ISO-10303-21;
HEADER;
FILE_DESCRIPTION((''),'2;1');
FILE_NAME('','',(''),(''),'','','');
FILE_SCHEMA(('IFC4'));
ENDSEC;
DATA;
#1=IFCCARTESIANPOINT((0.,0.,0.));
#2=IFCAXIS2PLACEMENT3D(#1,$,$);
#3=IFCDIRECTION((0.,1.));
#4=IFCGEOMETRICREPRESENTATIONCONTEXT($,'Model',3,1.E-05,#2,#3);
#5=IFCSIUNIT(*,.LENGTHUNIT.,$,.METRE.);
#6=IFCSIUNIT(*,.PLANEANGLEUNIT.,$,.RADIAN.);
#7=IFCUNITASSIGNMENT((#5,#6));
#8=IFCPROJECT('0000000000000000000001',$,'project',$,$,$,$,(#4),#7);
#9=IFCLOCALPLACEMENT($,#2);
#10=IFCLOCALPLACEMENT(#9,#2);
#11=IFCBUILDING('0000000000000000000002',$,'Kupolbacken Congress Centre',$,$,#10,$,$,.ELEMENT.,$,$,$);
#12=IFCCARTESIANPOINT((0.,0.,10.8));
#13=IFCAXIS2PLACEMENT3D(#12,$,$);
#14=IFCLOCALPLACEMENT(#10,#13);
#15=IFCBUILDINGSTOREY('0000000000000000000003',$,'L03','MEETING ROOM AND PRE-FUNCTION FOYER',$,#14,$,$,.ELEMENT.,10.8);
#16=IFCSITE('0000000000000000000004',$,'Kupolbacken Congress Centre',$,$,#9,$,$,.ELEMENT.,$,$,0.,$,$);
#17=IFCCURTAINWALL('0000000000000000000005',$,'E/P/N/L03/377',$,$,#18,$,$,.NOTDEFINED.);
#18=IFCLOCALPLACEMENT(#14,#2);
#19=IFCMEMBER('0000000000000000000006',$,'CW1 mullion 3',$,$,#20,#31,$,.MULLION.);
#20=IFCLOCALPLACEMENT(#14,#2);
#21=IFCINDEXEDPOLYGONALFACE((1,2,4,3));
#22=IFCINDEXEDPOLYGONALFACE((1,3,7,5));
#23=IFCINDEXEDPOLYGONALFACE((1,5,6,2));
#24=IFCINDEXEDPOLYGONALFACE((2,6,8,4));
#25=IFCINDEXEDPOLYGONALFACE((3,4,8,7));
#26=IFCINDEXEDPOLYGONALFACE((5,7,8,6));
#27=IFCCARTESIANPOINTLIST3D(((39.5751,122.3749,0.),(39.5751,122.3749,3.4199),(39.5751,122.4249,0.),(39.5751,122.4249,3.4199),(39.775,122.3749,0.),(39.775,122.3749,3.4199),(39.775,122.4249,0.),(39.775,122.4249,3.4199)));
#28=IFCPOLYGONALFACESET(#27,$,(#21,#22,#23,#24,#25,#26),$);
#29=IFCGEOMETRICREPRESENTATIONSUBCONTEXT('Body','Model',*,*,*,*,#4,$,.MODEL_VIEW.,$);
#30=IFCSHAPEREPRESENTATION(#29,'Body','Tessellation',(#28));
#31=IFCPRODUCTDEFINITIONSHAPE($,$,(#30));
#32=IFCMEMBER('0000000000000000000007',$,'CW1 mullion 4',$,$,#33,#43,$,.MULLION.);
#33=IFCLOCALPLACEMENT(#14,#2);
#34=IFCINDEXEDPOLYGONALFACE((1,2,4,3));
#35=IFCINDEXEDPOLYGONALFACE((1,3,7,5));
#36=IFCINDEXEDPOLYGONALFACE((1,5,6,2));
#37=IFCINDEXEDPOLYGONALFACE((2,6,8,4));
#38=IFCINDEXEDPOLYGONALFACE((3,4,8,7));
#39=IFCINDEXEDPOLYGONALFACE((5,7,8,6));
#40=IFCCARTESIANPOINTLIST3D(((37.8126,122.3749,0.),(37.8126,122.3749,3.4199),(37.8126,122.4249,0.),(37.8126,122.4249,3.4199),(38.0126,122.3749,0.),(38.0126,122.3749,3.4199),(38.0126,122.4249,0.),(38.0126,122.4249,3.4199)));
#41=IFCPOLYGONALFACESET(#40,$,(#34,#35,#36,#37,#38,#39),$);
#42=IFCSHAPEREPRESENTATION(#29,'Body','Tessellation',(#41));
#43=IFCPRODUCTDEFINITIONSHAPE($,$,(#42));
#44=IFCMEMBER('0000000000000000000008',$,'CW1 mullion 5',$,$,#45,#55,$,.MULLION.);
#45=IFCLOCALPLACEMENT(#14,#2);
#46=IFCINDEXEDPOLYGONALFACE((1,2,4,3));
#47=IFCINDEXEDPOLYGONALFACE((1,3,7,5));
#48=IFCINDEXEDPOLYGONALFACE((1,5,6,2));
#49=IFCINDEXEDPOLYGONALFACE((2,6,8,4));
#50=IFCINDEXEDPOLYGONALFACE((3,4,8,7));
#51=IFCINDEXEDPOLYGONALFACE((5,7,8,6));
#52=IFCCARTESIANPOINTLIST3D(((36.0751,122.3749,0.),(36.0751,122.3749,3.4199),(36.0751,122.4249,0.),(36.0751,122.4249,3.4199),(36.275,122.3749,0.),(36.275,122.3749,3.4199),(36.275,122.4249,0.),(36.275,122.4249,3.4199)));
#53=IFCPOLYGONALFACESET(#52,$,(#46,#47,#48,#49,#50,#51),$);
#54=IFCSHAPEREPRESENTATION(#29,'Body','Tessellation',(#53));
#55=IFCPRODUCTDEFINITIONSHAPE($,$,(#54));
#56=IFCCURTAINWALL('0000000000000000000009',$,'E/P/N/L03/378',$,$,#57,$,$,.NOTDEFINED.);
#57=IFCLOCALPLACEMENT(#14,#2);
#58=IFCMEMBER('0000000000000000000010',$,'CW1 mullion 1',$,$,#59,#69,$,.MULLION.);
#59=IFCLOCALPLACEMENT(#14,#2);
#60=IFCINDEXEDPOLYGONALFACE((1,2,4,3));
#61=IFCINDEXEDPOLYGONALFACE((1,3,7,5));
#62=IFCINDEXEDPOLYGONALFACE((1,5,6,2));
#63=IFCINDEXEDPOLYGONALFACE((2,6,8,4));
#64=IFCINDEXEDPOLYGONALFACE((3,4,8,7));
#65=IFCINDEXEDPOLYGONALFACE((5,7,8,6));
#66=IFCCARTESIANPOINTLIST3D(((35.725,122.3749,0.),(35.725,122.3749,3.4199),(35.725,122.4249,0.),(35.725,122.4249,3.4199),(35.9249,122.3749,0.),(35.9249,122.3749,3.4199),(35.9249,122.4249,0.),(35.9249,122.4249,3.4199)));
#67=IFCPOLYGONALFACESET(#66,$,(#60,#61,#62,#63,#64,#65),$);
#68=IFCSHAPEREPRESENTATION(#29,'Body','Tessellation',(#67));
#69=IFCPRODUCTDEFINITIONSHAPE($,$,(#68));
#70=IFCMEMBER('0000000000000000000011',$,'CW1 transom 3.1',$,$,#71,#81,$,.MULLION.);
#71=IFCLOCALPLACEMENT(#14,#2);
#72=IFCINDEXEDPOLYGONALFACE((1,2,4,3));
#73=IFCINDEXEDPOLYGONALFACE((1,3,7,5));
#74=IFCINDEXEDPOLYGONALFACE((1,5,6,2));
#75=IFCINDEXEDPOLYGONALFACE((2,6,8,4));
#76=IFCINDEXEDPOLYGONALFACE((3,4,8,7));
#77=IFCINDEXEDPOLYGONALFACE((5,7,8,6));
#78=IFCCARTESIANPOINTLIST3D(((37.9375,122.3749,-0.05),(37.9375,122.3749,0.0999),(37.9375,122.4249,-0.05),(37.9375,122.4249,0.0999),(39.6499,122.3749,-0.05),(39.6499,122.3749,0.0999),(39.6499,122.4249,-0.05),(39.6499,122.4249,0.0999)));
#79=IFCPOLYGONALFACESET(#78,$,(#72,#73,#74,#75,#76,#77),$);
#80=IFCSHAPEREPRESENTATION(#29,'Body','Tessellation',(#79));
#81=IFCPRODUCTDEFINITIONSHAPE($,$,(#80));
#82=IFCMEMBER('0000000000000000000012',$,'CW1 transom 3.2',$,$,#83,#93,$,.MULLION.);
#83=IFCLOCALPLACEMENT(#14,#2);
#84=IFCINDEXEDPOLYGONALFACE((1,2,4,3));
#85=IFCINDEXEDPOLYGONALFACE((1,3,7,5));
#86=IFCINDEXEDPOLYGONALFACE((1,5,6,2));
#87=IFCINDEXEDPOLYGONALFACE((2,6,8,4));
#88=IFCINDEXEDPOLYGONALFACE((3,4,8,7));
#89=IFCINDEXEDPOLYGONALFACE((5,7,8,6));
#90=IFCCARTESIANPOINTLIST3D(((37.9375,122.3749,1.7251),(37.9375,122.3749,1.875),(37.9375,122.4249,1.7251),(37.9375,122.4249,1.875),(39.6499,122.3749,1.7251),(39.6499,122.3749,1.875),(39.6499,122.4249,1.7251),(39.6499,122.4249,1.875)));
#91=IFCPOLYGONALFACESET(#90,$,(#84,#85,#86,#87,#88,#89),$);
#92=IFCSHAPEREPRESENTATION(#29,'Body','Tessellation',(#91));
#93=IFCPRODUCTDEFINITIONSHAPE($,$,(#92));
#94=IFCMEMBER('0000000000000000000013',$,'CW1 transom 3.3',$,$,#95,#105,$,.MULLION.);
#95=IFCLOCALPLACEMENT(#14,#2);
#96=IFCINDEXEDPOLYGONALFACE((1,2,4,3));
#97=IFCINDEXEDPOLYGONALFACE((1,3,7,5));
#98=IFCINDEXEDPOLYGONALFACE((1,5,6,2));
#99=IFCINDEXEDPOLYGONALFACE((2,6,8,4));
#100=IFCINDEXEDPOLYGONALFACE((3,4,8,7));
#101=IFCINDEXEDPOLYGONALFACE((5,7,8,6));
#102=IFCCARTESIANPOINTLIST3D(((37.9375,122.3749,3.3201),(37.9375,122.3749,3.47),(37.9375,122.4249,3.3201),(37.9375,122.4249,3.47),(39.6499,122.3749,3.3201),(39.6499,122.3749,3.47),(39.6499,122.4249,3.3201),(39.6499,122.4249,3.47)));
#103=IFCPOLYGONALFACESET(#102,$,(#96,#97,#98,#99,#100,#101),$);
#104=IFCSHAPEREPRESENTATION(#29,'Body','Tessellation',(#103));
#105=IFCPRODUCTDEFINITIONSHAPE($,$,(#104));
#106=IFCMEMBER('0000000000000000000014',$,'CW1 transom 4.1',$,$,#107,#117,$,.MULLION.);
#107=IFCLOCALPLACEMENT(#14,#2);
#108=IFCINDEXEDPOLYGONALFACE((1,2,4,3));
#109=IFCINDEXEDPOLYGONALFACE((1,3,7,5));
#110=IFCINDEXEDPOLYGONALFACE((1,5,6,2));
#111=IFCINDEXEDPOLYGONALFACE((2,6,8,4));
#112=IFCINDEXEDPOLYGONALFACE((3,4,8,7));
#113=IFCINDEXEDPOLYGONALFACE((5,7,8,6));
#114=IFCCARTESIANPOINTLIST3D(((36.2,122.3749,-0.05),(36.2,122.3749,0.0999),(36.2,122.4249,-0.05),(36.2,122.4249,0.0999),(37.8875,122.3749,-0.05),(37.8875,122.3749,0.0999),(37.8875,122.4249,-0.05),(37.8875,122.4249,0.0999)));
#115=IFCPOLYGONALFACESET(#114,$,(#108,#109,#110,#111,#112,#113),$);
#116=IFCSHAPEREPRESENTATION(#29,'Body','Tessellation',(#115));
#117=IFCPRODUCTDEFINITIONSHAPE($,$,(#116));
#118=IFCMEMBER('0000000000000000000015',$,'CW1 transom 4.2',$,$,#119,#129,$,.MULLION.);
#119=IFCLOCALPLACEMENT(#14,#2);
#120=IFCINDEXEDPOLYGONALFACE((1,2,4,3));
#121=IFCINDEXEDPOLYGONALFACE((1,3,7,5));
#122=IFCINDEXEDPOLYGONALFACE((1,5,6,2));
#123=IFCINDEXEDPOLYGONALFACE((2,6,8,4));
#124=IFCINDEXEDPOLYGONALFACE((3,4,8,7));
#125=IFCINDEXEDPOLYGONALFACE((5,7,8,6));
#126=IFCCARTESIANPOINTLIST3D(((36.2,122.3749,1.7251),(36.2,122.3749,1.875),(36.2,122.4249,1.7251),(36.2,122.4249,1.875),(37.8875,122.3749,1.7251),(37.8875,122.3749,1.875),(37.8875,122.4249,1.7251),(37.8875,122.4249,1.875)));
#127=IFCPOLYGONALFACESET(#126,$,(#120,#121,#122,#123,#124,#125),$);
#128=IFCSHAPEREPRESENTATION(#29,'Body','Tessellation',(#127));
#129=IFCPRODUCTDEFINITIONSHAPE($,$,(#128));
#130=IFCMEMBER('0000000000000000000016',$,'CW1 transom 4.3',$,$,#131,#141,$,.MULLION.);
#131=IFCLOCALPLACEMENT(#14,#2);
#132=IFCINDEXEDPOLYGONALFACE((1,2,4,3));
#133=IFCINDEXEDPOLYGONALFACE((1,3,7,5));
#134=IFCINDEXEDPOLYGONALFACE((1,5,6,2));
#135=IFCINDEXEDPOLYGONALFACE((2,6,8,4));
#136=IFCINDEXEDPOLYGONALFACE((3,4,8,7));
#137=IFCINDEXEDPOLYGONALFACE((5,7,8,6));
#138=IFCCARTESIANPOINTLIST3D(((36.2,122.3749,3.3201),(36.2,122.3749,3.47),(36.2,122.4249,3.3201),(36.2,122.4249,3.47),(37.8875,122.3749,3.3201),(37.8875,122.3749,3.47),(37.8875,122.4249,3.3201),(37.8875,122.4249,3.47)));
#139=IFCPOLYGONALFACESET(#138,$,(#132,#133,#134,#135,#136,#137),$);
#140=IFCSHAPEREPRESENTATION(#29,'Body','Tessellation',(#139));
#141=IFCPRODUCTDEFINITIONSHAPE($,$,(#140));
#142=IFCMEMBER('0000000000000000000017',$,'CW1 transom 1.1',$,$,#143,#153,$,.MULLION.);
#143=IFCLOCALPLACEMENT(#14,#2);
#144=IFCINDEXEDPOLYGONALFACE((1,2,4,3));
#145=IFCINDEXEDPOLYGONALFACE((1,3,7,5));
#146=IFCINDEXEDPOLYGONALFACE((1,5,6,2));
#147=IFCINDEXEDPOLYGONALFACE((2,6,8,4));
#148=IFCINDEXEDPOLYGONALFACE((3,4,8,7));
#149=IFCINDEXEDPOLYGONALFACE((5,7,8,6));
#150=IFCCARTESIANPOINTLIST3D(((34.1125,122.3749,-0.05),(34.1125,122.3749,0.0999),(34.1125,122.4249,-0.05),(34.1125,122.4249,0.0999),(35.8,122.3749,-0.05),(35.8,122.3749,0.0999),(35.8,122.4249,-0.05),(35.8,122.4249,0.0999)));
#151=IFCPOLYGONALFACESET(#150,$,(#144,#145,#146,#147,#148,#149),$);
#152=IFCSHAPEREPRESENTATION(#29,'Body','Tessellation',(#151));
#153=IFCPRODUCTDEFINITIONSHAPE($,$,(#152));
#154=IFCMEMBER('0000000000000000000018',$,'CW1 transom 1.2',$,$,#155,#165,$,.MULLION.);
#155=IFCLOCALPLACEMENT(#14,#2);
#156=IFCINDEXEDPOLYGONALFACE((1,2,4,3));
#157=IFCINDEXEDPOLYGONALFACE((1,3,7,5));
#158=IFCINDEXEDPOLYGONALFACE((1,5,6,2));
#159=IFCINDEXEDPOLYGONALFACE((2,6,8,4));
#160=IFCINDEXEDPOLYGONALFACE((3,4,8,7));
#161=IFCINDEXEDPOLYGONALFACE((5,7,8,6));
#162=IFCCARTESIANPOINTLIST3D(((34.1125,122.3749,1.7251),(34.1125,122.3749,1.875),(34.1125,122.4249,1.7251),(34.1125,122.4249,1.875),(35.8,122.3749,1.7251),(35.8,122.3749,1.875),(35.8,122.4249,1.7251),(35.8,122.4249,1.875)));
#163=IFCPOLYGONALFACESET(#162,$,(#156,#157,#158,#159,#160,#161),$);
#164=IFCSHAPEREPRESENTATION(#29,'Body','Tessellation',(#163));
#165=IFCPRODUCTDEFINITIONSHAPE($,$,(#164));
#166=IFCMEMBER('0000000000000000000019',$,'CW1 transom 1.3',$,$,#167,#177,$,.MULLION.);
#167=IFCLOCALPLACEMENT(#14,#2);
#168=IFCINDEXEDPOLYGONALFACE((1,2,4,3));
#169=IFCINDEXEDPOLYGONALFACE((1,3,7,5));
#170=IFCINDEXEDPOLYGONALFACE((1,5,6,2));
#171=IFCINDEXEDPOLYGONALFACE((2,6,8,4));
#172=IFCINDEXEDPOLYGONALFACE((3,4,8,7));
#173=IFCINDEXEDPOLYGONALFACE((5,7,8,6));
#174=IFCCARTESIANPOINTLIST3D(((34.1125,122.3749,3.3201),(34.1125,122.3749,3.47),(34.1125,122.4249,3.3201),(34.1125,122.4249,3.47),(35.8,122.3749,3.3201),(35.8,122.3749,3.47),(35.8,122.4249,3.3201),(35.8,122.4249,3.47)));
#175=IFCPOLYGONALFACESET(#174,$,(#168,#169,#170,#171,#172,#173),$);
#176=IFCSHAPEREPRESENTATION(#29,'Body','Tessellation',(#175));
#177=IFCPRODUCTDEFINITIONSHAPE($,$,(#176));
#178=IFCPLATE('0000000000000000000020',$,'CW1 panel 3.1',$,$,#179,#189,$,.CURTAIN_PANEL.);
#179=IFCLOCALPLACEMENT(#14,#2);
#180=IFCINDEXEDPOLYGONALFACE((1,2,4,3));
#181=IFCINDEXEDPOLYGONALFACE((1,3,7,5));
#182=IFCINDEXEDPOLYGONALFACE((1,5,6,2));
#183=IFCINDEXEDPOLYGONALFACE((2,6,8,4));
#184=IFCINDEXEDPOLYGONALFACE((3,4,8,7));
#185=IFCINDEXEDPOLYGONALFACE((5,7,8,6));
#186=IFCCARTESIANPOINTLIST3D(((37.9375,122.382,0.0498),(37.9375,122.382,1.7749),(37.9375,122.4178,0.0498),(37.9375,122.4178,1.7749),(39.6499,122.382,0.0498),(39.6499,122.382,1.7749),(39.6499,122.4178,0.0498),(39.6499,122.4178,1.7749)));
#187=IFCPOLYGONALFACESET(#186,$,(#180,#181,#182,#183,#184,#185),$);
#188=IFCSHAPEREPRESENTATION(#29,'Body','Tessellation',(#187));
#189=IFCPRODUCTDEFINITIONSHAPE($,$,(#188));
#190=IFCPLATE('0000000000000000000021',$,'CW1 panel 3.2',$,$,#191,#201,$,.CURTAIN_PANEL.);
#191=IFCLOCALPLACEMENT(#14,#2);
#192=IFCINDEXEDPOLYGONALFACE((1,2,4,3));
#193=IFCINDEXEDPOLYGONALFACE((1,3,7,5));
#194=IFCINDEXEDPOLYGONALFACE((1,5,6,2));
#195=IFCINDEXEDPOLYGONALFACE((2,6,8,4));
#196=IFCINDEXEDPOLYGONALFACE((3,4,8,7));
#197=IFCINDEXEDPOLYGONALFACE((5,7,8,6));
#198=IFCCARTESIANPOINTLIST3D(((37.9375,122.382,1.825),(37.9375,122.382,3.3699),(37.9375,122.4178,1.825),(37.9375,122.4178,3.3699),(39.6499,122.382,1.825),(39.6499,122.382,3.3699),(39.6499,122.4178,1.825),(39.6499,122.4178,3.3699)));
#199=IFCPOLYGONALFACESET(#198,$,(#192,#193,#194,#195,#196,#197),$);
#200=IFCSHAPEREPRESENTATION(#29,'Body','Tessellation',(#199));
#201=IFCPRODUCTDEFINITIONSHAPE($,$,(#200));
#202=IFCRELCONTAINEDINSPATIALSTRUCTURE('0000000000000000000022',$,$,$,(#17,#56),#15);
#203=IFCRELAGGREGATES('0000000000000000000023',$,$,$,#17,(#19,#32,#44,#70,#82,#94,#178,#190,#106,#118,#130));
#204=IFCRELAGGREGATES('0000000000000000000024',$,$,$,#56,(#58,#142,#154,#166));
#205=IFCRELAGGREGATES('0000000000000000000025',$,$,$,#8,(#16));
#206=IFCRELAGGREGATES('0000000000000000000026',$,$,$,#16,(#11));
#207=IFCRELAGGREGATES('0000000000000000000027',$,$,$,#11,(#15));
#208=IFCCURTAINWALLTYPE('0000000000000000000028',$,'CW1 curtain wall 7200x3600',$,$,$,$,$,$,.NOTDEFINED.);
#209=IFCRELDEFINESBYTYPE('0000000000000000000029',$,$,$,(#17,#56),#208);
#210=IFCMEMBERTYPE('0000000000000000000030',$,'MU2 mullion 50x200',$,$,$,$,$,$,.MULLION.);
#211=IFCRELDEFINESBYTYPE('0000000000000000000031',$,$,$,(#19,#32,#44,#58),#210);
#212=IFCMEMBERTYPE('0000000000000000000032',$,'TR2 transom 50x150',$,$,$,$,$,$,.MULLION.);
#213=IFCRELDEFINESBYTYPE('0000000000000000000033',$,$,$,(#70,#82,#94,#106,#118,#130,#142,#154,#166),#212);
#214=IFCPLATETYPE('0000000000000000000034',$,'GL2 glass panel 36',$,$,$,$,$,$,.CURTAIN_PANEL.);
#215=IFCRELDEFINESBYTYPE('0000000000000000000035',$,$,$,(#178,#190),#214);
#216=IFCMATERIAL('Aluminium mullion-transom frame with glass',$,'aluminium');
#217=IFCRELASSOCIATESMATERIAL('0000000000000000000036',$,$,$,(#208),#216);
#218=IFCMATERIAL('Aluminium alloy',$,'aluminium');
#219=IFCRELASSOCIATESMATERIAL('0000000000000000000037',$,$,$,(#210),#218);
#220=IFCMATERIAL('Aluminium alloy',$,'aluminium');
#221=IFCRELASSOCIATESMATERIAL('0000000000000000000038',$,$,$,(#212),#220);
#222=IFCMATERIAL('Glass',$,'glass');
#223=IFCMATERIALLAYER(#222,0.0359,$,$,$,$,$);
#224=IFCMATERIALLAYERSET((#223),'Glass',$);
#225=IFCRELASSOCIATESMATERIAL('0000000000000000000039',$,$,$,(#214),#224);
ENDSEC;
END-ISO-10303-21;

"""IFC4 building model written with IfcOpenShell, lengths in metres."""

from ifc_helpers import new_model, si_unit, direction, frame, origin, origin_2d, place, context, subcontext, project, spatial, rectangle, extrude, material, layer, layer_set, material_profile, profile_set, type_object, element, aggregate, save


model = new_model("IFC4")

# Units and contexts
model_context = context("Model", 3, precision=1e-05, world=origin(), true_north=direction((0.0, 1.0)))
body_context = subcontext(model_context, "Body", "Model", "MODEL_VIEW")
ifc_project = project(units=[si_unit("LENGTHUNIT", "METRE"), si_unit("PLANEANGLEUNIT", "RADIAN")], contexts=[model_context])

# Site, building, storey
site_placement = place(None, origin())
site = spatial("IfcSite", under=ifc_project, at=site_placement, Name="Kupolbacken Congress Centre", CompositionType="ELEMENT", RefElevation=0.0)
building_placement = place(site_placement, origin())
building = spatial("IfcBuilding", under=site, at=building_placement, Name="Kupolbacken Congress Centre", CompositionType="ELEMENT")
storey_placement = place(building_placement, frame((0.0, 0.0, 10.8)))
storey = spatial("IfcBuildingStorey", under=building, at=storey_placement, Name="L03", Description="MEETING ROOM AND PRE-FUNCTION FOYER", CompositionType="ELEMENT", Elevation=10.8)

# Curtain wall, members
ifc_material_1 = material(Name="Aluminium mullion-transom frame with glass", Category="aluminium")
curtain_wall_type = type_object("IfcCurtainWallType", Name="CW1 curtain wall 7200x3600", PredefinedType="NOTDEFINED", material=ifc_material_1)
curtain_wall_1_placement = place(storey_placement, origin())
curtain_wall_1 = element("IfcCurtainWall", 1, at=curtain_wall_1_placement, inside=storey, type_object=curtain_wall_type, Name="E/P/N/L03/377", PredefinedType="NOTDEFINED")
ifc_material_2 = material(Name="Aluminium alloy", Category="aluminium")
ifc_material_profile_1 = material_profile(ifc_material_2, rectangle(XDim=0.05, YDim=0.2, at=origin_2d()), Name="50 x 200")
ifc_profile_set_1 = profile_set([ifc_material_profile_1], Name="Aluminium alloy")
member_type_1 = type_object("IfcMemberType", Name="MU2 mullion 50x200", PredefinedType="MULLION", material=ifc_profile_set_1)
member_1_placement = place(storey_placement, frame((39.675, 122.3999, 0.0), z_axis=(0.0, 0.0, 1.0), x_axis=(0.0, -1.0, 0.0)))
member_1 = element("IfcMember", 2, at=member_1_placement, type_object=member_type_1, Name="CW1 mullion 3", PredefinedType="MULLION", context=body_context, shape_type="SweptSolid", body=[
    extrude(rectangle(XDim=0.05, YDim=0.2, at=origin_2d()), origin(), (0.0, 0.0, 1.0), 3.4199),
])
member_2_placement = place(storey_placement, frame((37.9126, 122.3999, 0.0), z_axis=(0.0, 0.0, 1.0), x_axis=(0.0, -1.0, 0.0)))
member_2 = element("IfcMember", 3, at=member_2_placement, type_object=member_type_1, Name="CW1 mullion 4", PredefinedType="MULLION", context=body_context, shape_type="SweptSolid", body=[
    extrude(rectangle(XDim=0.05, YDim=0.2, at=origin_2d()), origin(), (0.0, 0.0, 1.0), 3.4199),
])
member_3_placement = place(storey_placement, frame((36.175, 122.3999, 0.0), z_axis=(0.0, 0.0, 1.0), x_axis=(0.0, -1.0, 0.0)))
member_3 = element("IfcMember", 4, at=member_3_placement, type_object=member_type_1, Name="CW1 mullion 5", PredefinedType="MULLION", context=body_context, shape_type="SweptSolid", body=[
    extrude(rectangle(XDim=0.05, YDim=0.2, at=origin_2d()), origin(), (0.0, 0.0, 1.0), 3.4199),
])

# Curtain wall, member
curtain_wall_2_placement = place(storey_placement, origin())
curtain_wall_2 = element("IfcCurtainWall", 5, at=curtain_wall_2_placement, inside=storey, type_object=curtain_wall_type, Name="E/P/N/L03/378", PredefinedType="NOTDEFINED")
member_4_placement = place(storey_placement, frame((35.825, 122.3999, 0.0), z_axis=(0.0, 0.0, 1.0), x_axis=(0.0, -1.0, 0.0)))
member_4 = element("IfcMember", 6, at=member_4_placement, type_object=member_type_1, Name="CW1 mullion 1", PredefinedType="MULLION", context=body_context, shape_type="SweptSolid", body=[
    extrude(rectangle(XDim=0.05, YDim=0.2, at=origin_2d()), origin(), (0.0, 0.0, 1.0), 3.4199),
])

# Members
ifc_material_3 = material(Name="Aluminium alloy", Category="aluminium")
ifc_material_profile_2 = material_profile(ifc_material_3, rectangle(XDim=0.05, YDim=0.1499, at=origin_2d()), Name="50 x 150")
ifc_profile_set_2 = profile_set([ifc_material_profile_2], Name="Aluminium alloy")
member_type_2 = type_object("IfcMemberType", Name="TR2 transom 50x150", PredefinedType="MULLION", material=ifc_profile_set_2)
member_5_placement = place(storey_placement, frame((39.6499, 122.3999, 0.0249), z_axis=(-1.0, 0.0, 0.0), x_axis=(0.0, -1.0, 0.0)))
member_5 = element("IfcMember", 7, at=member_5_placement, type_object=member_type_2, Name="CW1 transom 3.1", PredefinedType="MULLION", context=body_context, shape_type="SweptSolid", body=[
    extrude(rectangle(XDim=0.05, YDim=0.1499, at=origin_2d()), origin(), (0.0, 0.0, 1.0), 1.7124),
])
member_6_placement = place(storey_placement, frame((39.6499, 122.3999, 1.8), z_axis=(-1.0, 0.0, 0.0), x_axis=(0.0, -1.0, 0.0)))
member_6 = element("IfcMember", 8, at=member_6_placement, type_object=member_type_2, Name="CW1 transom 3.2", PredefinedType="MULLION", context=body_context, shape_type="SweptSolid", body=[
    extrude(rectangle(XDim=0.05, YDim=0.1499, at=origin_2d()), origin(), (0.0, 0.0, 1.0), 1.7124),
])
member_7_placement = place(storey_placement, frame((39.6499, 122.3999, 3.395), z_axis=(-1.0, 0.0, 0.0), x_axis=(0.0, -1.0, 0.0)))
member_7 = element("IfcMember", 9, at=member_7_placement, type_object=member_type_2, Name="CW1 transom 3.3", PredefinedType="MULLION", context=body_context, shape_type="SweptSolid", body=[
    extrude(rectangle(XDim=0.05, YDim=0.1499, at=origin_2d()), origin(), (0.0, 0.0, 1.0), 1.7124),
])
member_8_placement = place(storey_placement, frame((37.8875, 122.3999, 0.0249), z_axis=(-1.0, 0.0, 0.0), x_axis=(0.0, -1.0, 0.0)))
member_8 = element("IfcMember", 10, at=member_8_placement, type_object=member_type_2, Name="CW1 transom 4.1", PredefinedType="MULLION", context=body_context, shape_type="SweptSolid", body=[
    extrude(rectangle(XDim=0.05, YDim=0.1499, at=origin_2d()), origin(), (0.0, 0.0, 1.0), 1.6875),
])
member_9_placement = place(storey_placement, frame((37.8875, 122.3999, 1.8), z_axis=(-1.0, 0.0, 0.0), x_axis=(0.0, -1.0, 0.0)))
member_9 = element("IfcMember", 11, at=member_9_placement, type_object=member_type_2, Name="CW1 transom 4.2", PredefinedType="MULLION", context=body_context, shape_type="SweptSolid", body=[
    extrude(rectangle(XDim=0.05, YDim=0.1499, at=origin_2d()), origin(), (0.0, 0.0, 1.0), 1.6875),
])
member_10_placement = place(storey_placement, frame((37.8875, 122.3999, 3.395), z_axis=(-1.0, 0.0, 0.0), x_axis=(0.0, -1.0, 0.0)))
member_10 = element("IfcMember", 12, at=member_10_placement, type_object=member_type_2, Name="CW1 transom 4.3", PredefinedType="MULLION", context=body_context, shape_type="SweptSolid", body=[
    extrude(rectangle(XDim=0.05, YDim=0.1499, at=origin_2d()), origin(), (0.0, 0.0, 1.0), 1.6875),
])
member_11_placement = place(storey_placement, frame((35.8, 122.3999, 0.0249), z_axis=(-1.0, 0.0, 0.0), x_axis=(0.0, -1.0, 0.0)))
member_11 = element("IfcMember", 13, at=member_11_placement, type_object=member_type_2, Name="CW1 transom 1.1", PredefinedType="MULLION", context=body_context, shape_type="SweptSolid", body=[
    extrude(rectangle(XDim=0.05, YDim=0.1499, at=origin_2d()), origin(), (0.0, 0.0, 1.0), 1.6875),
])
member_12_placement = place(storey_placement, frame((35.8, 122.3999, 1.8), z_axis=(-1.0, 0.0, 0.0), x_axis=(0.0, -1.0, 0.0)))
member_12 = element("IfcMember", 14, at=member_12_placement, type_object=member_type_2, Name="CW1 transom 1.2", PredefinedType="MULLION", context=body_context, shape_type="SweptSolid", body=[
    extrude(rectangle(XDim=0.05, YDim=0.1499, at=origin_2d()), origin(), (0.0, 0.0, 1.0), 1.6875),
])
member_13_placement = place(storey_placement, frame((35.8, 122.3999, 3.395), z_axis=(-1.0, 0.0, 0.0), x_axis=(0.0, -1.0, 0.0)))
member_13 = element("IfcMember", 15, at=member_13_placement, type_object=member_type_2, Name="CW1 transom 1.3", PredefinedType="MULLION", context=body_context, shape_type="SweptSolid", body=[
    extrude(rectangle(XDim=0.05, YDim=0.1499, at=origin_2d()), origin(), (0.0, 0.0, 1.0), 1.6875),
])

# Plates
ifc_material_4 = material(Name="Glass", Category="glass")
ifc_layer = layer(ifc_material_4, 0.0359)
ifc_layer_set = layer_set([ifc_layer], Name="Glass")
plate_type = type_object("IfcPlateType", Name="GL2 glass panel 36", PredefinedType="CURTAIN_PANEL", material=ifc_layer_set)
plate_1_placement = place(storey_placement, frame((38.7937, 122.3999, 0.0498), z_axis=(0.0, 0.0, 1.0), x_axis=(-1.0, 0.0, 0.0)))
plate_1 = element("IfcPlate", 16, at=plate_1_placement, type_object=plate_type, Name="CW1 panel 3.1", PredefinedType="CURTAIN_PANEL", context=body_context, shape_type="SweptSolid", body=[
    extrude(rectangle(XDim=1.7124, YDim=0.0359, at=origin_2d()), origin(), (0.0, 0.0, 1.0), 1.7251),
])
plate_2_placement = place(storey_placement, frame((38.7937, 122.3999, 1.825), z_axis=(0.0, 0.0, 1.0), x_axis=(-1.0, 0.0, 0.0)))
plate_2 = element("IfcPlate", 17, at=plate_2_placement, type_object=plate_type, Name="CW1 panel 3.2", PredefinedType="CURTAIN_PANEL", context=body_context, shape_type="SweptSolid", body=[
    extrude(rectangle(XDim=1.7124, YDim=0.0359, at=origin_2d()), origin(), (0.0, 0.0, 1.0), 1.5449),
])
aggregate(curtain_wall_1, [member_1, member_2, member_3, member_5, member_6, member_7, plate_1, plate_2, member_8, member_9, member_10])
aggregate(curtain_wall_2, [member_4, member_11, member_12, member_13])

save(model, "model.ifc")
